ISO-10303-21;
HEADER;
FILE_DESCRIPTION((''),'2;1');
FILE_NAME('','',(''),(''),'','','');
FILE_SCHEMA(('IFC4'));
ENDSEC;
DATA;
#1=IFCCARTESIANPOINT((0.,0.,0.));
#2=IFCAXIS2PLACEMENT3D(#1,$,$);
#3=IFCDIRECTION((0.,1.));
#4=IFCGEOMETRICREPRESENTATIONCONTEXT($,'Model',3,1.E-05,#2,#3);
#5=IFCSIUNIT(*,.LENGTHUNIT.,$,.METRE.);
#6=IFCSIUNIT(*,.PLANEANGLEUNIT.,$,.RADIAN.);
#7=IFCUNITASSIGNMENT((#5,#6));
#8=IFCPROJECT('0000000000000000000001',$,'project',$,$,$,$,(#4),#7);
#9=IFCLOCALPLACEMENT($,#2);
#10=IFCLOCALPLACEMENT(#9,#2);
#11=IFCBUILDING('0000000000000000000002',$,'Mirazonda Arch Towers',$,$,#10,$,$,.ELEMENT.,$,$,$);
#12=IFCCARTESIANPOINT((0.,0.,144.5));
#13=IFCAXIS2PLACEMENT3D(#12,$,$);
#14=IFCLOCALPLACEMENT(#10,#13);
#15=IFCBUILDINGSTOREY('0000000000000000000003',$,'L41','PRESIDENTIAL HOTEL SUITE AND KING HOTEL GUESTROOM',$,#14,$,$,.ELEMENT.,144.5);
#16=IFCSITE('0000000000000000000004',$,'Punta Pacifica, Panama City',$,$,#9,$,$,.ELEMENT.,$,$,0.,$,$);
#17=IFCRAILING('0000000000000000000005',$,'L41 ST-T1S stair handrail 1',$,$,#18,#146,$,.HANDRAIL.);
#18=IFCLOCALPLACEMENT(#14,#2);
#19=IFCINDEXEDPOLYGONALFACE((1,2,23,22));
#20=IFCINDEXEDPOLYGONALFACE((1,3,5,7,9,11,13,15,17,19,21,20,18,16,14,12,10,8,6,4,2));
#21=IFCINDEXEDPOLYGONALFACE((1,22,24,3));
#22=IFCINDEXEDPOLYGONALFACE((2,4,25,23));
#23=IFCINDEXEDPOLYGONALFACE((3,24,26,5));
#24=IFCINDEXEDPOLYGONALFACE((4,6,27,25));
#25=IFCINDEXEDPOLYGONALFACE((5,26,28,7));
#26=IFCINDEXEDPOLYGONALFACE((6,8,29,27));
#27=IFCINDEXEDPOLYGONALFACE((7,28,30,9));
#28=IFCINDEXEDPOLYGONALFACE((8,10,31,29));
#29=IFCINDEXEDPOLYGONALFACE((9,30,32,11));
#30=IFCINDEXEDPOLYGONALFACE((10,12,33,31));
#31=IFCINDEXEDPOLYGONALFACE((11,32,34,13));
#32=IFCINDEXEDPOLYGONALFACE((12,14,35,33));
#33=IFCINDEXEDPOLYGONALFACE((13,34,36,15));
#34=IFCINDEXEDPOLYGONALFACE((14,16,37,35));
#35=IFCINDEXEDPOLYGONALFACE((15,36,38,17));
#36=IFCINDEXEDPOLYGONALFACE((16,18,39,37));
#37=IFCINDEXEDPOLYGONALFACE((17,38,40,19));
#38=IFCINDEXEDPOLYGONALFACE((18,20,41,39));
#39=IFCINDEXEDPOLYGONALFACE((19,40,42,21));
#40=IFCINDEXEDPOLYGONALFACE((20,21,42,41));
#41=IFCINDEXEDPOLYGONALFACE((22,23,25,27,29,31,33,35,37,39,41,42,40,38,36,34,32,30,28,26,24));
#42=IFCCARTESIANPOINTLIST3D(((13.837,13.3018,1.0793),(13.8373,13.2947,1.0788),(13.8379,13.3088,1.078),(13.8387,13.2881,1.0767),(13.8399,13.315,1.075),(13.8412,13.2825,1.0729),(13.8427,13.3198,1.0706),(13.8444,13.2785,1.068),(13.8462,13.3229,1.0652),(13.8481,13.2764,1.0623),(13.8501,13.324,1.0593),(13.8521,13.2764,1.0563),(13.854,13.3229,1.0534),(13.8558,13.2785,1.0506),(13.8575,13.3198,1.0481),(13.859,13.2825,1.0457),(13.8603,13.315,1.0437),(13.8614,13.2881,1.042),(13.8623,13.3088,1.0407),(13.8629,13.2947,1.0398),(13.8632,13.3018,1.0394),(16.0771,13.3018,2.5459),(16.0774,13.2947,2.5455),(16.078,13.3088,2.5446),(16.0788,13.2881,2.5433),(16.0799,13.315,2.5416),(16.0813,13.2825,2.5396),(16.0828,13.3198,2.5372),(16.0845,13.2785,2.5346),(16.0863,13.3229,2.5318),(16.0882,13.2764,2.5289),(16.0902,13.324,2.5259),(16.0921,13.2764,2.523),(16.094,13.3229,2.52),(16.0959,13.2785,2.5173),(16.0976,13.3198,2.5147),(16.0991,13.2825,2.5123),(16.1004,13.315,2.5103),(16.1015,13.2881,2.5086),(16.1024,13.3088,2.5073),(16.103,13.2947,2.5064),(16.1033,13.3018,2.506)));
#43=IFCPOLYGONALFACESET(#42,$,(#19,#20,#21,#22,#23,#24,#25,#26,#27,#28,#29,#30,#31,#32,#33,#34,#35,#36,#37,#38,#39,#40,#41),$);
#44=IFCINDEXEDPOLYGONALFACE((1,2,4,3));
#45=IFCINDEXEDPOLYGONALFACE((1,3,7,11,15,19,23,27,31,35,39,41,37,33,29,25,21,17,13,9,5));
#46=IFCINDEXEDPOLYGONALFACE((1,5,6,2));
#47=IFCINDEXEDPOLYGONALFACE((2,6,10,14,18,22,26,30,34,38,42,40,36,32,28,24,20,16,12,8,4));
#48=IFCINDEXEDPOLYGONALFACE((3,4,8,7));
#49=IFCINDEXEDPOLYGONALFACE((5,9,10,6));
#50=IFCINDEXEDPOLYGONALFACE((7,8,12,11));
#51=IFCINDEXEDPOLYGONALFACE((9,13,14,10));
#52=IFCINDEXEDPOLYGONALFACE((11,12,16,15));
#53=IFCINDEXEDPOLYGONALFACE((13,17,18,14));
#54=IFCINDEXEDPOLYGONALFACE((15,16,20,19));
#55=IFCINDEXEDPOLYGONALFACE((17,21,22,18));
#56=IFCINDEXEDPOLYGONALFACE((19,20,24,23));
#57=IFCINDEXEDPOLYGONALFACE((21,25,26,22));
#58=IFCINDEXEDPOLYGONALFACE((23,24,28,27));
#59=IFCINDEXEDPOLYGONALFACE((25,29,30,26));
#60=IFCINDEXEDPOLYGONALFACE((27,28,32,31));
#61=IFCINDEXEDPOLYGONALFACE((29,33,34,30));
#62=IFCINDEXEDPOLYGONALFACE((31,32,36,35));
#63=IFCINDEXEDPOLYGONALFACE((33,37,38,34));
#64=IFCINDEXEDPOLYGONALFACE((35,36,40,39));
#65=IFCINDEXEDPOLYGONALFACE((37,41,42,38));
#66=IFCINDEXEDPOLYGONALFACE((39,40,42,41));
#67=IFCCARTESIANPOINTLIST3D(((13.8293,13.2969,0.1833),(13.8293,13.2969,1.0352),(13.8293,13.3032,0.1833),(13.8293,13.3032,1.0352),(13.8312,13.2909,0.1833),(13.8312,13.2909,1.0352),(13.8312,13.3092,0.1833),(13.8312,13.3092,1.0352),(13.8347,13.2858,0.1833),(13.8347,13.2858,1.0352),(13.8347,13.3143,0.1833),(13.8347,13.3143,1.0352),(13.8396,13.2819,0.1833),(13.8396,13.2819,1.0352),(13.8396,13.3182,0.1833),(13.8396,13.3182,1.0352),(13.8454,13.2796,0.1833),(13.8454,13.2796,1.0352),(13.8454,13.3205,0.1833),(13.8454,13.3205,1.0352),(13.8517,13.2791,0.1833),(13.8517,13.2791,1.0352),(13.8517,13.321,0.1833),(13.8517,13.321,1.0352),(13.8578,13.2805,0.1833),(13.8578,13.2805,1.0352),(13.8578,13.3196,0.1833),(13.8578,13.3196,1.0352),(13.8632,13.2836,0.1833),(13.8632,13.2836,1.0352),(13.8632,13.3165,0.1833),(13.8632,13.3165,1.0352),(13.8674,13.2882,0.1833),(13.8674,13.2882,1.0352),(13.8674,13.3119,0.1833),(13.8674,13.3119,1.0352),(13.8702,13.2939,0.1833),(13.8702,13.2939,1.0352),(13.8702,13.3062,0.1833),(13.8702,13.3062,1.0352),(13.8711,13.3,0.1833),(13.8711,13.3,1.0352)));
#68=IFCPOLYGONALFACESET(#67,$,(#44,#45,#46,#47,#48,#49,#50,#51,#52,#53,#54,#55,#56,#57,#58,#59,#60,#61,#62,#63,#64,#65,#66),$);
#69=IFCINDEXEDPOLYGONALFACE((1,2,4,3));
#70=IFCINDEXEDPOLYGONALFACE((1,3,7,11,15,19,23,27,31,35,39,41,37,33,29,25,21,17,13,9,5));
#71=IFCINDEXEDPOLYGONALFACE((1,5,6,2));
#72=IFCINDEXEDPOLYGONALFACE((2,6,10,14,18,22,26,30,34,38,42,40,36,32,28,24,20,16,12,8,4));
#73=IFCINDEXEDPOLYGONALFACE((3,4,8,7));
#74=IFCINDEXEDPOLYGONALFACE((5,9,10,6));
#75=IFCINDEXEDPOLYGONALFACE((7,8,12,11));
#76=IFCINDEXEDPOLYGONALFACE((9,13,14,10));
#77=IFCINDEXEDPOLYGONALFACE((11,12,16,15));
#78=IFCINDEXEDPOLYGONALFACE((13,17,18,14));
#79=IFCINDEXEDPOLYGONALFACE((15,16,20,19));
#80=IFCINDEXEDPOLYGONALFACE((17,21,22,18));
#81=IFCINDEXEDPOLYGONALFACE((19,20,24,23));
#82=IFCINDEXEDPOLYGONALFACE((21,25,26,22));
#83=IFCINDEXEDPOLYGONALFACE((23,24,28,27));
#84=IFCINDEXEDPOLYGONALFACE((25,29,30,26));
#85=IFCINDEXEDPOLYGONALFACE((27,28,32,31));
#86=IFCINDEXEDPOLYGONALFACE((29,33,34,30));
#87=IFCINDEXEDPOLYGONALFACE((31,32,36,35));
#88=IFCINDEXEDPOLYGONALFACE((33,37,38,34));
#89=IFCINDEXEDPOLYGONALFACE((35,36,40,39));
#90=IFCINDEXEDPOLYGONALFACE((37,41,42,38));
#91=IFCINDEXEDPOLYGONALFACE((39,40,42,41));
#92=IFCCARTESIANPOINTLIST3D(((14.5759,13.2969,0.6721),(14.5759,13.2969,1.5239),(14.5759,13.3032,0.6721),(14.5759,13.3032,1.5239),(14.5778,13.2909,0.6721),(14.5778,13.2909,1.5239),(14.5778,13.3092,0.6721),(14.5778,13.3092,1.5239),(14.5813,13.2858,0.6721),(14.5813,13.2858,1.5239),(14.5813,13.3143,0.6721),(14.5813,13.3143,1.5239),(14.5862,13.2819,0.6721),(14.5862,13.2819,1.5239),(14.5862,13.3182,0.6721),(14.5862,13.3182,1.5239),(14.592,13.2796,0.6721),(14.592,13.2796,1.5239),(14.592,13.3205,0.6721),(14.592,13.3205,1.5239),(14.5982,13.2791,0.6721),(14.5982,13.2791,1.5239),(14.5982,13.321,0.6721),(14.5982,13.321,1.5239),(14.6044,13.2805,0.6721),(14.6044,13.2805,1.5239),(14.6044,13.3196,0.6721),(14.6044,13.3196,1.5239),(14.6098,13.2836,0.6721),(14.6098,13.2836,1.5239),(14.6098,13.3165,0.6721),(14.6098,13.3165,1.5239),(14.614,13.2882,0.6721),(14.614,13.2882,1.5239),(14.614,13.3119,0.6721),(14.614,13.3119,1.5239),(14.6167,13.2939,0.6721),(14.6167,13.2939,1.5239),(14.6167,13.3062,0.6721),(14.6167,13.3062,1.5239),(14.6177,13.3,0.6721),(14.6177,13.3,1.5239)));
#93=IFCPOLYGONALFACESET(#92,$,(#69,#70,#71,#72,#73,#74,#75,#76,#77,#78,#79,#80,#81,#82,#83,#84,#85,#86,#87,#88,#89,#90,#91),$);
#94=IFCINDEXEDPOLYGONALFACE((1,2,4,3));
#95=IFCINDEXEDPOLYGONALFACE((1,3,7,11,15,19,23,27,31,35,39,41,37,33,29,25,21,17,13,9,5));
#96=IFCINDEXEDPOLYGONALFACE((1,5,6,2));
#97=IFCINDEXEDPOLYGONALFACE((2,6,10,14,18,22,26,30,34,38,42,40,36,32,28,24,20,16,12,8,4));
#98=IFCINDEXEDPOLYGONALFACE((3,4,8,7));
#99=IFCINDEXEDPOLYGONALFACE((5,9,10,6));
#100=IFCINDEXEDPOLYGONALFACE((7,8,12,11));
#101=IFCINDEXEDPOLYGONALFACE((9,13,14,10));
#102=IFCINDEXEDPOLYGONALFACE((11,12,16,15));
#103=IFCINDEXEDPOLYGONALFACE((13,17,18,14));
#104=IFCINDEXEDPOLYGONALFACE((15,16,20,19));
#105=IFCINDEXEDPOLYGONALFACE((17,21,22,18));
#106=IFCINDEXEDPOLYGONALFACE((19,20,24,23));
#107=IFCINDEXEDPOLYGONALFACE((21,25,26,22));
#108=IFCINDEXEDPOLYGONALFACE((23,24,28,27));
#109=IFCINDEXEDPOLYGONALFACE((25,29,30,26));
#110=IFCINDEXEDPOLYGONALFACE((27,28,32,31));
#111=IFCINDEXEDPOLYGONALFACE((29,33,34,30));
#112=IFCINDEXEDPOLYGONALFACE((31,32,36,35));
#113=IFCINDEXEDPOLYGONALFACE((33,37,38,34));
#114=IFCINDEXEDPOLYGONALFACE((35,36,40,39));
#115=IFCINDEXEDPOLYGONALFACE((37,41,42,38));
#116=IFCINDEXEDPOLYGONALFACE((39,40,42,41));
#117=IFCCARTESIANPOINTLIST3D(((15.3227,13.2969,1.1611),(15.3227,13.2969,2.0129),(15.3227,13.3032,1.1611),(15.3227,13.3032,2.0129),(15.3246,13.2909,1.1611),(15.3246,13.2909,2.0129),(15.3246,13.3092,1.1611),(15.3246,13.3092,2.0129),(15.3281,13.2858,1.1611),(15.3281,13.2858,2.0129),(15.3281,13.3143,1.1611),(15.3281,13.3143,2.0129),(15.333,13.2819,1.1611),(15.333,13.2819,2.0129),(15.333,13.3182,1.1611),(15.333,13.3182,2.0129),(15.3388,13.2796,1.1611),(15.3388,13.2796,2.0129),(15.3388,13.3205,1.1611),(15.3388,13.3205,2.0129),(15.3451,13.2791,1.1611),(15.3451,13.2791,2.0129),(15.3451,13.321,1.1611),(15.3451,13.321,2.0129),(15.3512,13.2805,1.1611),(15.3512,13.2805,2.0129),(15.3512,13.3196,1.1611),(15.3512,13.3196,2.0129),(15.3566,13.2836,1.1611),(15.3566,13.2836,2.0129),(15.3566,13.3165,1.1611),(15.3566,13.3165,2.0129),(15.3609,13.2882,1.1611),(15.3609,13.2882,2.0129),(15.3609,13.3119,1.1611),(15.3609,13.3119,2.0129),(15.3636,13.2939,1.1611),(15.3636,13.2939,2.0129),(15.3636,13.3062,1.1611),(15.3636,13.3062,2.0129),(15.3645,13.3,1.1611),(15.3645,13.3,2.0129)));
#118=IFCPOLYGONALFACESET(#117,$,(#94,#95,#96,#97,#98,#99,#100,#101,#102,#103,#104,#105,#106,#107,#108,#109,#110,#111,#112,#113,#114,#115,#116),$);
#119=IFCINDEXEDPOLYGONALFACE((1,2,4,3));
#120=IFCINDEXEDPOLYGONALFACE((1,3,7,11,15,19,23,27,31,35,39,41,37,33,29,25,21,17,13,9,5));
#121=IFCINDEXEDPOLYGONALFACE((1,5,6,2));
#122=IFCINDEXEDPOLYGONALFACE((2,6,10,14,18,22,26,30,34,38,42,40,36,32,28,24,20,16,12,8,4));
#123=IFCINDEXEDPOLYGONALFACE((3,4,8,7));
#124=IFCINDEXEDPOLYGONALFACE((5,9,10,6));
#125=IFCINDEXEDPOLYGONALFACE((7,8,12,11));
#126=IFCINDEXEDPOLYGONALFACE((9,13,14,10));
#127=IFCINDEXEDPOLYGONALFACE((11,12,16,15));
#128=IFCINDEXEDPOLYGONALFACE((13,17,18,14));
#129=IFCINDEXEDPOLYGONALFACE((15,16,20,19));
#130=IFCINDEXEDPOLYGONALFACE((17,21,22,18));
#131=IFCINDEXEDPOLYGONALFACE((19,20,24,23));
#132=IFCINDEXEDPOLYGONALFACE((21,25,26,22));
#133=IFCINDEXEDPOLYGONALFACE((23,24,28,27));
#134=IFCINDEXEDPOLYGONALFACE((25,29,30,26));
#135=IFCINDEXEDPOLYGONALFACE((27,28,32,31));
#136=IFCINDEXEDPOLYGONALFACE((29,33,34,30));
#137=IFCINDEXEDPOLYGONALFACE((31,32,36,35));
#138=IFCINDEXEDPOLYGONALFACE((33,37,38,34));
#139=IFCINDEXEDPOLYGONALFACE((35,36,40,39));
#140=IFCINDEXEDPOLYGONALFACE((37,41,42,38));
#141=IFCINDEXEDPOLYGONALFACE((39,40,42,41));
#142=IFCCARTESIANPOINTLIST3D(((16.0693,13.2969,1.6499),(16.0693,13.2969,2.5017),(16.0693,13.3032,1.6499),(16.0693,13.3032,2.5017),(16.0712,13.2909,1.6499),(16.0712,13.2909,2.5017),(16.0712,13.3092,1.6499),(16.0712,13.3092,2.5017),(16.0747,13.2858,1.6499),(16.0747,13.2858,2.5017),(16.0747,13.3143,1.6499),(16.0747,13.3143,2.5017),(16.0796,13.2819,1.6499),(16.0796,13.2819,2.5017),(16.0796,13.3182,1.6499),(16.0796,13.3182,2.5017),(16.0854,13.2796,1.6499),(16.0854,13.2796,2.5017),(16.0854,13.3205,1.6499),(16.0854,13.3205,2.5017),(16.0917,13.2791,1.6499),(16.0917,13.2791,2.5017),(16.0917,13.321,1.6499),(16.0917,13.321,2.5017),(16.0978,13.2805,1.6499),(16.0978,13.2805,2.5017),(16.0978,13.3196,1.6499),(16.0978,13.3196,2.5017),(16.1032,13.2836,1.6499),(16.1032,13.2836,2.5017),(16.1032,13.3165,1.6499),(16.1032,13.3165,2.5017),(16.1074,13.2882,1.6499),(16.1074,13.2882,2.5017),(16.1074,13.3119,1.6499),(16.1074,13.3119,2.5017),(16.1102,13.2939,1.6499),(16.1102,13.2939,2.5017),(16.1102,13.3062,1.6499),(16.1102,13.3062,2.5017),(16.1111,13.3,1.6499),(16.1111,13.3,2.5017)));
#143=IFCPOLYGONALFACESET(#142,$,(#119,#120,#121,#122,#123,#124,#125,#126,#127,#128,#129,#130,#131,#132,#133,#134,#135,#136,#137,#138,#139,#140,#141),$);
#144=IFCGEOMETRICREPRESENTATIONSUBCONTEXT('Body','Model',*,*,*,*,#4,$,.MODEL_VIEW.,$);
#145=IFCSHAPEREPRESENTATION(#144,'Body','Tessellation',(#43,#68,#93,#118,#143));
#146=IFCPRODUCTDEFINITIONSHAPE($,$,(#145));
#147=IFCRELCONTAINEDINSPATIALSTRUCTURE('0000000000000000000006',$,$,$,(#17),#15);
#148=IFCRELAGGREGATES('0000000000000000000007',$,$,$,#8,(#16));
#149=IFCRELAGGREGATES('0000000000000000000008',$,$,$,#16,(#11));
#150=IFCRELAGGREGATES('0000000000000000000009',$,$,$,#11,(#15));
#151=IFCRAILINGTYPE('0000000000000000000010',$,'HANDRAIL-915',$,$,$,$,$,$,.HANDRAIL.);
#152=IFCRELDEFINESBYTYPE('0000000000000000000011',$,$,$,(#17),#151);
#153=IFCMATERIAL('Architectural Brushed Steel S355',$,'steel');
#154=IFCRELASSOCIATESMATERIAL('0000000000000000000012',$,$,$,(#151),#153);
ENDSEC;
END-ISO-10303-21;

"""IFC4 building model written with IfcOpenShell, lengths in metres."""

from ifc_helpers import new_model, si_unit, direction, frame, origin, origin_2d, place, context, subcontext, project, spatial, circle, extrude, material, type_object, element, save


model = new_model("IFC4")

# Units and contexts
model_context = context("Model", 3, precision=1e-05, world=origin(), true_north=direction((0.0, 1.0)))
body_context = subcontext(model_context, "Body", "Model", "MODEL_VIEW")
ifc_project = project(units=[si_unit("LENGTHUNIT", "METRE"), si_unit("PLANEANGLEUNIT", "RADIAN")], contexts=[model_context])

# Site, building, storey
site_placement = place(None, origin())
site = spatial("IfcSite", under=ifc_project, at=site_placement, Name="Punta Pacifica, Panama City", CompositionType="ELEMENT", RefElevation=0.0)
building_placement = place(site_placement, origin())
building = spatial("IfcBuilding", under=site, at=building_placement, Name="Mirazonda Arch Towers", CompositionType="ELEMENT")
storey_placement = place(building_placement, frame((0.0, 0.0, 144.5)))
storey = spatial("IfcBuildingStorey", under=building, at=storey_placement, Name="L41", Description="PRESIDENTIAL HOTEL SUITE AND KING HOTEL GUESTROOM", CompositionType="ELEMENT", Elevation=144.5)

# Shared definitions
ifc_material_1 = material(Name="Architectural Brushed Steel S355", Category="steel")

# Railing
railing_type_1 = type_object("IfcRailingType", Name="HANDRAIL-915", PredefinedType="HANDRAIL", material=ifc_material_1)
railing_1_placement = place(storey_placement, frame((13.8501, 13.3, 0.1833)))
element("IfcRailing", 1, at=railing_1_placement, inside=storey, type_object=railing_type_1, Name="L41 ST-T1S stair handrail 1", PredefinedType="HANDRAIL", context=body_context, shape_type="SweptSolid", body=[
    extrude(circle(Radius=0.0239, at=origin_2d()), frame((0.0, 0.0, 0.876), z_axis=(0.836637, 0.0, 0.547758), x_axis=(0.0, 1.0, 0.0)), (0.0, 0.0, 1.0), 2.6775),
    extrude(circle(Radius=0.021, at=origin_2d()), origin(), (0.0, 0.0, 1.0), 0.8518),
    extrude(circle(Radius=0.021, at=origin_2d()), frame((0.7466, 0.0, 0.4888)), (0.0, 0.0, 1.0), 0.8518),
    extrude(circle(Radius=0.021, at=origin_2d()), frame((1.4934, 0.0, 0.9778)), (0.0, 0.0, 1.0), 0.8518),
    extrude(circle(Radius=0.021, at=origin_2d()), frame((2.24, 0.0, 1.4666)), (0.0, 0.0, 1.0), 0.8518),
])

save(model, "model.ifc")
